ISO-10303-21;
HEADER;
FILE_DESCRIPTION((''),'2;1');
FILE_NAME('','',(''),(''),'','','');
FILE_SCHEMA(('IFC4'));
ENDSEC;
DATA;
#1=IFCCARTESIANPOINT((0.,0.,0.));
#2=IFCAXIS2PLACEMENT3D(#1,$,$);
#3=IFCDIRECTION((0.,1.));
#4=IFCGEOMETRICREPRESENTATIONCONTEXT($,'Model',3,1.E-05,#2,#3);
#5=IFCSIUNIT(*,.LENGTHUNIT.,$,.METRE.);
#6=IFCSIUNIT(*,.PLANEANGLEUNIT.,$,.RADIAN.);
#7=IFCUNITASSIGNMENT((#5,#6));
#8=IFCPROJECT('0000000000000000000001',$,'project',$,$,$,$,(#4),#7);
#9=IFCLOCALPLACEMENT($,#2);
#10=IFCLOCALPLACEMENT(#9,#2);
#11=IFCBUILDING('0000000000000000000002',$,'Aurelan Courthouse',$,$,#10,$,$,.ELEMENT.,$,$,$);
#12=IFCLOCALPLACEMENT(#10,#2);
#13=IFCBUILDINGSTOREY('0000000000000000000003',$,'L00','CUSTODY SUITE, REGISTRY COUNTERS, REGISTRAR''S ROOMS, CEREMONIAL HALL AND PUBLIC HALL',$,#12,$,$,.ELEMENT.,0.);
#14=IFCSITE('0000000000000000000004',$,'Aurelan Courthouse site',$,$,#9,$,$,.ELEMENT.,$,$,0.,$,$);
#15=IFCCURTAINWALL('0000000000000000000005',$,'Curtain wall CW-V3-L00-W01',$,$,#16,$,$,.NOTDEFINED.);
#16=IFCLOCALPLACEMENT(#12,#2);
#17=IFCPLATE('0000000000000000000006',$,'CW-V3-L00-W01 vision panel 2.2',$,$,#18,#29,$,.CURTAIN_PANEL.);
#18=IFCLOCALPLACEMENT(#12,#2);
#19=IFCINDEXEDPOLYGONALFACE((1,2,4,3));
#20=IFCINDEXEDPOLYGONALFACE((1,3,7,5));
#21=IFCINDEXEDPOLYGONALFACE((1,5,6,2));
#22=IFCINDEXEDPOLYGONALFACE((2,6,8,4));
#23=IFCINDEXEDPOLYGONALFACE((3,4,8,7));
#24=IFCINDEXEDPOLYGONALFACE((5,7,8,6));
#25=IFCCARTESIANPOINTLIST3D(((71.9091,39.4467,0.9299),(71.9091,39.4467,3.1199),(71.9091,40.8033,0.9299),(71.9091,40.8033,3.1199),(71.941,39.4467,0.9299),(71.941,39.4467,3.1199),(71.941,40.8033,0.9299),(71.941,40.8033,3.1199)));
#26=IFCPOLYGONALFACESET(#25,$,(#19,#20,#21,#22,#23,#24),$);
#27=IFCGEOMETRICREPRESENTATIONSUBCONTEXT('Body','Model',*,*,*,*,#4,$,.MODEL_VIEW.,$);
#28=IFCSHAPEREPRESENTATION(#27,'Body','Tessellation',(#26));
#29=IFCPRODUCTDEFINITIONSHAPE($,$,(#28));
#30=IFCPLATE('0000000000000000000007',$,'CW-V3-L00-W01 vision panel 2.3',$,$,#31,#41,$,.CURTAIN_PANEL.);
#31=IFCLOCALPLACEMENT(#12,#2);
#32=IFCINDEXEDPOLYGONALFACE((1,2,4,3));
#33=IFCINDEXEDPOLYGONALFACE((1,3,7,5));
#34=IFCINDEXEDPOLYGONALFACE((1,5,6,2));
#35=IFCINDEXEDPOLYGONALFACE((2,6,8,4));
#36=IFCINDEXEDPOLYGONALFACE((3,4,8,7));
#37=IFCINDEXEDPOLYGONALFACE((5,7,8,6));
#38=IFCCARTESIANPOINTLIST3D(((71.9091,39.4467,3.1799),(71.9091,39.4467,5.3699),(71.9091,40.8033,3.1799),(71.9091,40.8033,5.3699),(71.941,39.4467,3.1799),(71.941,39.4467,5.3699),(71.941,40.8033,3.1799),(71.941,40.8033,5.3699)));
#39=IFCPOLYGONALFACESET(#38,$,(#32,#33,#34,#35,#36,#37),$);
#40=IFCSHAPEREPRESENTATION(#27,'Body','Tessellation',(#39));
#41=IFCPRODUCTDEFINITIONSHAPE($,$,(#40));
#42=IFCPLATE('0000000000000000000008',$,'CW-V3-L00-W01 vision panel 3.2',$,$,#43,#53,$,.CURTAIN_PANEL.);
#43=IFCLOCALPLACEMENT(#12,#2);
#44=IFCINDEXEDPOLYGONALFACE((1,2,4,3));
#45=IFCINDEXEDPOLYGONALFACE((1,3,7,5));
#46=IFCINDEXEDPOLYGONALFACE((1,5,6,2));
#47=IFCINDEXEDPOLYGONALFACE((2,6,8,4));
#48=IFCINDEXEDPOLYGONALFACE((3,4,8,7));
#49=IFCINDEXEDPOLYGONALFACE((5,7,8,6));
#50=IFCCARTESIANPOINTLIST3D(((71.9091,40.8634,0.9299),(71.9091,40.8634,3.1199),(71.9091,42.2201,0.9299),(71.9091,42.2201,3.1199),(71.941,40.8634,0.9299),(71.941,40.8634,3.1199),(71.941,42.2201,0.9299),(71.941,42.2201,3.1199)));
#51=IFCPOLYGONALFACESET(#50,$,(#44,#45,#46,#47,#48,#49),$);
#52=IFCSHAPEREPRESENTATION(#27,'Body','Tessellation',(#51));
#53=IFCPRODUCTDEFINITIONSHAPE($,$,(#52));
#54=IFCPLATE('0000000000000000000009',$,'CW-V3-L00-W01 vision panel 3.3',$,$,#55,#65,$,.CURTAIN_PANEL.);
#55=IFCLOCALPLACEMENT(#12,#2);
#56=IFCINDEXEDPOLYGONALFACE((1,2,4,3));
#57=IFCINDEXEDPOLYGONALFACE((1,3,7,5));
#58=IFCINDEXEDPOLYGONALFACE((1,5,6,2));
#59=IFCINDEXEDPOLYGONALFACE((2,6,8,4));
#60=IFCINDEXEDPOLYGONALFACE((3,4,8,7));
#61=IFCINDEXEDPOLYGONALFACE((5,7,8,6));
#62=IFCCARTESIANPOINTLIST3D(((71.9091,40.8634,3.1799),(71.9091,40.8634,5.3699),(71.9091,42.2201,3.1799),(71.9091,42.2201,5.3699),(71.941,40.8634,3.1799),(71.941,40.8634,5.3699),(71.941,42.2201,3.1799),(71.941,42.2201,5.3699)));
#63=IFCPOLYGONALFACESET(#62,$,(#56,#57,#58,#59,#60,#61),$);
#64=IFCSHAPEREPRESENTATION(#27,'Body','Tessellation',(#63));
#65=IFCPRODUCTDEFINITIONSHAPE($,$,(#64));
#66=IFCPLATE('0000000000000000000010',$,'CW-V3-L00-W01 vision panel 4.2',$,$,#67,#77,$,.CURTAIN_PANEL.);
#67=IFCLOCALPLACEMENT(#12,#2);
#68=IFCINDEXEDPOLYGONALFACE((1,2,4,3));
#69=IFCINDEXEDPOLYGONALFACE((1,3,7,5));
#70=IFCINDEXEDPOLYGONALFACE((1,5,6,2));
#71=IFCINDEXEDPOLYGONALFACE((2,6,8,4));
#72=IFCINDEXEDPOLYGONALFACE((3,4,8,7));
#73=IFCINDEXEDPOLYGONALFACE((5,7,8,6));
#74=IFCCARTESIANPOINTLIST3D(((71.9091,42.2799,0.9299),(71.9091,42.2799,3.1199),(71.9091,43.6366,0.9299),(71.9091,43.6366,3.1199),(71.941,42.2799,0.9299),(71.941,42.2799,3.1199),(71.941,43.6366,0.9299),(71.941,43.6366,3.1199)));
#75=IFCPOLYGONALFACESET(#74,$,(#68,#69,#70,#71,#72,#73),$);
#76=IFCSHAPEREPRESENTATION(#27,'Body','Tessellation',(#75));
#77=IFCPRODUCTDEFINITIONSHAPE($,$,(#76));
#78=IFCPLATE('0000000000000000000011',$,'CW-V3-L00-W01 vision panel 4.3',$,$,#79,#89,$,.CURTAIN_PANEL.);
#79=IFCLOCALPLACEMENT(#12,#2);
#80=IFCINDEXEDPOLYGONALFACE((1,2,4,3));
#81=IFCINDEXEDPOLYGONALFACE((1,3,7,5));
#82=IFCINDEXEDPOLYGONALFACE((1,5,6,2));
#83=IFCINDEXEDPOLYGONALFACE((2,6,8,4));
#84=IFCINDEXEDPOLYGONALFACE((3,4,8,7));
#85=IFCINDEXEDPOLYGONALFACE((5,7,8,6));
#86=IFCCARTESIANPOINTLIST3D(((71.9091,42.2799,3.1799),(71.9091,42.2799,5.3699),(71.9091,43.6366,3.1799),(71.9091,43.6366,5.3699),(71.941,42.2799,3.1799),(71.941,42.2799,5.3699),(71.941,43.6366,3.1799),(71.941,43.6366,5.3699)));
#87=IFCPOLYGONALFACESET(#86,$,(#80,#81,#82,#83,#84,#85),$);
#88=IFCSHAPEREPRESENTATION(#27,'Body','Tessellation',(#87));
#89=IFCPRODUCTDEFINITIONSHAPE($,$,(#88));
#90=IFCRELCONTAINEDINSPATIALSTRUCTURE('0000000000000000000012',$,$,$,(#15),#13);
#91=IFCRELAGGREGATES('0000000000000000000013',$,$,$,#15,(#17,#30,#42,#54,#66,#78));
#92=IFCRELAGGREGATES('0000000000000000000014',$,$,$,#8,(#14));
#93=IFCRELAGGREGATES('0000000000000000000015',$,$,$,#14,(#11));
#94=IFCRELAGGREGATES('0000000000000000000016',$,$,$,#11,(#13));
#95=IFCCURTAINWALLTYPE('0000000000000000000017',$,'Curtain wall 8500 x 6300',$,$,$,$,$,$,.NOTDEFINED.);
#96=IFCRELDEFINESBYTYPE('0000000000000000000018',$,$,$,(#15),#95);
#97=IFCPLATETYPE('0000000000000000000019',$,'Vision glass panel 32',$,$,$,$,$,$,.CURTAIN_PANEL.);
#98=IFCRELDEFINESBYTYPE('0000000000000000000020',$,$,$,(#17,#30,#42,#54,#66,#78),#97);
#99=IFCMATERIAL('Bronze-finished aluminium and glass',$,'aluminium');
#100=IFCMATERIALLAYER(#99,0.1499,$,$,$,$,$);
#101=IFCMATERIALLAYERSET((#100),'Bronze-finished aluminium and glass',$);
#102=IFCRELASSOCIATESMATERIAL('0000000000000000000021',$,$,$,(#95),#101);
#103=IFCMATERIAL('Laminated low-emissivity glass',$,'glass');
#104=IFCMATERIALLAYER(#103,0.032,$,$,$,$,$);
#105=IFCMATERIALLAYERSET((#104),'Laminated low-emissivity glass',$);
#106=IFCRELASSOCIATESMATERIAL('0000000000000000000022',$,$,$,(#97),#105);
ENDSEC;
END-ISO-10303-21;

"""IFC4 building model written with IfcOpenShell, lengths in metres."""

from ifc_helpers import new_model, si_unit, direction, frame, origin, origin_2d, place, context, subcontext, project, spatial, rectangle, extrude, material, layer, layer_set, type_object, element, aggregate, save


model = new_model("IFC4")

# Units and contexts
model_context = context("Model", 3, precision=1e-05, world=origin(), true_north=direction((0.0, 1.0)))
body_context = subcontext(model_context, "Body", "Model", "MODEL_VIEW")
ifc_project = project(units=[si_unit("LENGTHUNIT", "METRE"), si_unit("PLANEANGLEUNIT", "RADIAN")], contexts=[model_context])

# Site, building, storey
site_placement = place(None, origin())
site = spatial("IfcSite", under=ifc_project, at=site_placement, Name="Aurelan Courthouse site", CompositionType="ELEMENT", RefElevation=0.0)
building_placement = place(site_placement, origin())
building = spatial("IfcBuilding", under=site, at=building_placement, Name="Aurelan Courthouse", CompositionType="ELEMENT")
storey_placement = place(building_placement, origin())
storey = spatial("IfcBuildingStorey", under=building, at=storey_placement, Name="L00", Description="CUSTODY SUITE, REGISTRY COUNTERS, REGISTRAR'S ROOMS, CEREMONIAL HALL AND PUBLIC HALL", CompositionType="ELEMENT", Elevation=0.0)

# Curtain wall, plates
ifc_material_1 = material(Name="Bronze-finished aluminium and glass", Category="aluminium")
ifc_layer_1 = layer(ifc_material_1, 0.1499)
ifc_layer_set_1 = layer_set([ifc_layer_1], Name="Bronze-finished aluminium and glass")
curtain_wall_type = type_object("IfcCurtainWallType", Name="Curtain wall 8500 x 6300", PredefinedType="NOTDEFINED", material=ifc_layer_set_1)
curtain_wall_placement = place(storey_placement, origin())
curtain_wall = element("IfcCurtainWall", 1, at=curtain_wall_placement, inside=storey, type_object=curtain_wall_type, Name="Curtain wall CW-V3-L00-W01", PredefinedType="NOTDEFINED")
ifc_material_2 = material(Name="Laminated low-emissivity glass", Category="glass")
ifc_layer_2 = layer(ifc_material_2, 0.032)
ifc_layer_set_2 = layer_set([ifc_layer_2], Name="Laminated low-emissivity glass")
plate_type_1 = type_object("IfcPlateType", Name="Vision glass panel 32", PredefinedType="CURTAIN_PANEL", material=ifc_layer_set_2)
plate_1_placement = place(storey_placement, frame((71.925, 40.125, 0.9299), z_axis=(0.0, 0.0, 1.0), x_axis=(0.0, 1.0, 0.0)))
plate_1 = element("IfcPlate", 2, at=plate_1_placement, type_object=plate_type_1, Name="CW-V3-L00-W01 vision panel 2.2", PredefinedType="CURTAIN_PANEL", context=body_context, shape_type="SweptSolid", body=[
    extrude(rectangle(XDim=1.3567, YDim=0.032, at=origin_2d()), origin(), (0.0, 0.0, 1.0), 2.1899),
])
plate_2_placement = place(storey_placement, frame((71.925, 40.125, 3.1799), z_axis=(0.0, 0.0, 1.0), x_axis=(0.0, 1.0, 0.0)))
plate_2 = element("IfcPlate", 3, at=plate_2_placement, type_object=plate_type_1, Name="CW-V3-L00-W01 vision panel 2.3", PredefinedType="CURTAIN_PANEL", context=body_context, shape_type="SweptSolid", body=[
    extrude(rectangle(XDim=1.3567, YDim=0.032, at=origin_2d()), origin(), (0.0, 0.0, 1.0), 2.1899),
])
plate_3_placement = place(storey_placement, frame((71.925, 41.5417, 0.9299), z_axis=(0.0, 0.0, 1.0), x_axis=(0.0, 1.0, 0.0)))
plate_3 = element("IfcPlate", 4, at=plate_3_placement, type_object=plate_type_1, Name="CW-V3-L00-W01 vision panel 3.2", PredefinedType="CURTAIN_PANEL", context=body_context, shape_type="SweptSolid", body=[
    extrude(rectangle(XDim=1.3567, YDim=0.032, at=origin_2d()), origin(), (0.0, 0.0, 1.0), 2.1899),
])
plate_4_placement = place(storey_placement, frame((71.925, 41.5417, 3.1799), z_axis=(0.0, 0.0, 1.0), x_axis=(0.0, 1.0, 0.0)))
plate_4 = element("IfcPlate", 5, at=plate_4_placement, type_object=plate_type_1, Name="CW-V3-L00-W01 vision panel 3.3", PredefinedType="CURTAIN_PANEL", context=body_context, shape_type="SweptSolid", body=[
    extrude(rectangle(XDim=1.3567, YDim=0.032, at=origin_2d()), origin(), (0.0, 0.0, 1.0), 2.1899),
])
plate_5_placement = place(storey_placement, frame((71.925, 42.9583, 0.9299), z_axis=(0.0, 0.0, 1.0), x_axis=(0.0, 1.0, 0.0)))
plate_5 = element("IfcPlate", 6, at=plate_5_placement, type_object=plate_type_1, Name="CW-V3-L00-W01 vision panel 4.2", PredefinedType="CURTAIN_PANEL", context=body_context, shape_type="SweptSolid", body=[
    extrude(rectangle(XDim=1.3567, YDim=0.032, at=origin_2d()), origin(), (0.0, 0.0, 1.0), 2.1899),
])
plate_6_placement = place(storey_placement, frame((71.925, 42.9583, 3.1799), z_axis=(0.0, 0.0, 1.0), x_axis=(0.0, 1.0, 0.0)))
plate_6 = element("IfcPlate", 7, at=plate_6_placement, type_object=plate_type_1, Name="CW-V3-L00-W01 vision panel 4.3", PredefinedType="CURTAIN_PANEL", context=body_context, shape_type="SweptSolid", body=[
    extrude(rectangle(XDim=1.3567, YDim=0.032, at=origin_2d()), origin(), (0.0, 0.0, 1.0), 2.1899),
])
aggregate(curtain_wall, [plate_1, plate_2, plate_3, plate_4, plate_5, plate_6])

save(model, "model.ifc")
